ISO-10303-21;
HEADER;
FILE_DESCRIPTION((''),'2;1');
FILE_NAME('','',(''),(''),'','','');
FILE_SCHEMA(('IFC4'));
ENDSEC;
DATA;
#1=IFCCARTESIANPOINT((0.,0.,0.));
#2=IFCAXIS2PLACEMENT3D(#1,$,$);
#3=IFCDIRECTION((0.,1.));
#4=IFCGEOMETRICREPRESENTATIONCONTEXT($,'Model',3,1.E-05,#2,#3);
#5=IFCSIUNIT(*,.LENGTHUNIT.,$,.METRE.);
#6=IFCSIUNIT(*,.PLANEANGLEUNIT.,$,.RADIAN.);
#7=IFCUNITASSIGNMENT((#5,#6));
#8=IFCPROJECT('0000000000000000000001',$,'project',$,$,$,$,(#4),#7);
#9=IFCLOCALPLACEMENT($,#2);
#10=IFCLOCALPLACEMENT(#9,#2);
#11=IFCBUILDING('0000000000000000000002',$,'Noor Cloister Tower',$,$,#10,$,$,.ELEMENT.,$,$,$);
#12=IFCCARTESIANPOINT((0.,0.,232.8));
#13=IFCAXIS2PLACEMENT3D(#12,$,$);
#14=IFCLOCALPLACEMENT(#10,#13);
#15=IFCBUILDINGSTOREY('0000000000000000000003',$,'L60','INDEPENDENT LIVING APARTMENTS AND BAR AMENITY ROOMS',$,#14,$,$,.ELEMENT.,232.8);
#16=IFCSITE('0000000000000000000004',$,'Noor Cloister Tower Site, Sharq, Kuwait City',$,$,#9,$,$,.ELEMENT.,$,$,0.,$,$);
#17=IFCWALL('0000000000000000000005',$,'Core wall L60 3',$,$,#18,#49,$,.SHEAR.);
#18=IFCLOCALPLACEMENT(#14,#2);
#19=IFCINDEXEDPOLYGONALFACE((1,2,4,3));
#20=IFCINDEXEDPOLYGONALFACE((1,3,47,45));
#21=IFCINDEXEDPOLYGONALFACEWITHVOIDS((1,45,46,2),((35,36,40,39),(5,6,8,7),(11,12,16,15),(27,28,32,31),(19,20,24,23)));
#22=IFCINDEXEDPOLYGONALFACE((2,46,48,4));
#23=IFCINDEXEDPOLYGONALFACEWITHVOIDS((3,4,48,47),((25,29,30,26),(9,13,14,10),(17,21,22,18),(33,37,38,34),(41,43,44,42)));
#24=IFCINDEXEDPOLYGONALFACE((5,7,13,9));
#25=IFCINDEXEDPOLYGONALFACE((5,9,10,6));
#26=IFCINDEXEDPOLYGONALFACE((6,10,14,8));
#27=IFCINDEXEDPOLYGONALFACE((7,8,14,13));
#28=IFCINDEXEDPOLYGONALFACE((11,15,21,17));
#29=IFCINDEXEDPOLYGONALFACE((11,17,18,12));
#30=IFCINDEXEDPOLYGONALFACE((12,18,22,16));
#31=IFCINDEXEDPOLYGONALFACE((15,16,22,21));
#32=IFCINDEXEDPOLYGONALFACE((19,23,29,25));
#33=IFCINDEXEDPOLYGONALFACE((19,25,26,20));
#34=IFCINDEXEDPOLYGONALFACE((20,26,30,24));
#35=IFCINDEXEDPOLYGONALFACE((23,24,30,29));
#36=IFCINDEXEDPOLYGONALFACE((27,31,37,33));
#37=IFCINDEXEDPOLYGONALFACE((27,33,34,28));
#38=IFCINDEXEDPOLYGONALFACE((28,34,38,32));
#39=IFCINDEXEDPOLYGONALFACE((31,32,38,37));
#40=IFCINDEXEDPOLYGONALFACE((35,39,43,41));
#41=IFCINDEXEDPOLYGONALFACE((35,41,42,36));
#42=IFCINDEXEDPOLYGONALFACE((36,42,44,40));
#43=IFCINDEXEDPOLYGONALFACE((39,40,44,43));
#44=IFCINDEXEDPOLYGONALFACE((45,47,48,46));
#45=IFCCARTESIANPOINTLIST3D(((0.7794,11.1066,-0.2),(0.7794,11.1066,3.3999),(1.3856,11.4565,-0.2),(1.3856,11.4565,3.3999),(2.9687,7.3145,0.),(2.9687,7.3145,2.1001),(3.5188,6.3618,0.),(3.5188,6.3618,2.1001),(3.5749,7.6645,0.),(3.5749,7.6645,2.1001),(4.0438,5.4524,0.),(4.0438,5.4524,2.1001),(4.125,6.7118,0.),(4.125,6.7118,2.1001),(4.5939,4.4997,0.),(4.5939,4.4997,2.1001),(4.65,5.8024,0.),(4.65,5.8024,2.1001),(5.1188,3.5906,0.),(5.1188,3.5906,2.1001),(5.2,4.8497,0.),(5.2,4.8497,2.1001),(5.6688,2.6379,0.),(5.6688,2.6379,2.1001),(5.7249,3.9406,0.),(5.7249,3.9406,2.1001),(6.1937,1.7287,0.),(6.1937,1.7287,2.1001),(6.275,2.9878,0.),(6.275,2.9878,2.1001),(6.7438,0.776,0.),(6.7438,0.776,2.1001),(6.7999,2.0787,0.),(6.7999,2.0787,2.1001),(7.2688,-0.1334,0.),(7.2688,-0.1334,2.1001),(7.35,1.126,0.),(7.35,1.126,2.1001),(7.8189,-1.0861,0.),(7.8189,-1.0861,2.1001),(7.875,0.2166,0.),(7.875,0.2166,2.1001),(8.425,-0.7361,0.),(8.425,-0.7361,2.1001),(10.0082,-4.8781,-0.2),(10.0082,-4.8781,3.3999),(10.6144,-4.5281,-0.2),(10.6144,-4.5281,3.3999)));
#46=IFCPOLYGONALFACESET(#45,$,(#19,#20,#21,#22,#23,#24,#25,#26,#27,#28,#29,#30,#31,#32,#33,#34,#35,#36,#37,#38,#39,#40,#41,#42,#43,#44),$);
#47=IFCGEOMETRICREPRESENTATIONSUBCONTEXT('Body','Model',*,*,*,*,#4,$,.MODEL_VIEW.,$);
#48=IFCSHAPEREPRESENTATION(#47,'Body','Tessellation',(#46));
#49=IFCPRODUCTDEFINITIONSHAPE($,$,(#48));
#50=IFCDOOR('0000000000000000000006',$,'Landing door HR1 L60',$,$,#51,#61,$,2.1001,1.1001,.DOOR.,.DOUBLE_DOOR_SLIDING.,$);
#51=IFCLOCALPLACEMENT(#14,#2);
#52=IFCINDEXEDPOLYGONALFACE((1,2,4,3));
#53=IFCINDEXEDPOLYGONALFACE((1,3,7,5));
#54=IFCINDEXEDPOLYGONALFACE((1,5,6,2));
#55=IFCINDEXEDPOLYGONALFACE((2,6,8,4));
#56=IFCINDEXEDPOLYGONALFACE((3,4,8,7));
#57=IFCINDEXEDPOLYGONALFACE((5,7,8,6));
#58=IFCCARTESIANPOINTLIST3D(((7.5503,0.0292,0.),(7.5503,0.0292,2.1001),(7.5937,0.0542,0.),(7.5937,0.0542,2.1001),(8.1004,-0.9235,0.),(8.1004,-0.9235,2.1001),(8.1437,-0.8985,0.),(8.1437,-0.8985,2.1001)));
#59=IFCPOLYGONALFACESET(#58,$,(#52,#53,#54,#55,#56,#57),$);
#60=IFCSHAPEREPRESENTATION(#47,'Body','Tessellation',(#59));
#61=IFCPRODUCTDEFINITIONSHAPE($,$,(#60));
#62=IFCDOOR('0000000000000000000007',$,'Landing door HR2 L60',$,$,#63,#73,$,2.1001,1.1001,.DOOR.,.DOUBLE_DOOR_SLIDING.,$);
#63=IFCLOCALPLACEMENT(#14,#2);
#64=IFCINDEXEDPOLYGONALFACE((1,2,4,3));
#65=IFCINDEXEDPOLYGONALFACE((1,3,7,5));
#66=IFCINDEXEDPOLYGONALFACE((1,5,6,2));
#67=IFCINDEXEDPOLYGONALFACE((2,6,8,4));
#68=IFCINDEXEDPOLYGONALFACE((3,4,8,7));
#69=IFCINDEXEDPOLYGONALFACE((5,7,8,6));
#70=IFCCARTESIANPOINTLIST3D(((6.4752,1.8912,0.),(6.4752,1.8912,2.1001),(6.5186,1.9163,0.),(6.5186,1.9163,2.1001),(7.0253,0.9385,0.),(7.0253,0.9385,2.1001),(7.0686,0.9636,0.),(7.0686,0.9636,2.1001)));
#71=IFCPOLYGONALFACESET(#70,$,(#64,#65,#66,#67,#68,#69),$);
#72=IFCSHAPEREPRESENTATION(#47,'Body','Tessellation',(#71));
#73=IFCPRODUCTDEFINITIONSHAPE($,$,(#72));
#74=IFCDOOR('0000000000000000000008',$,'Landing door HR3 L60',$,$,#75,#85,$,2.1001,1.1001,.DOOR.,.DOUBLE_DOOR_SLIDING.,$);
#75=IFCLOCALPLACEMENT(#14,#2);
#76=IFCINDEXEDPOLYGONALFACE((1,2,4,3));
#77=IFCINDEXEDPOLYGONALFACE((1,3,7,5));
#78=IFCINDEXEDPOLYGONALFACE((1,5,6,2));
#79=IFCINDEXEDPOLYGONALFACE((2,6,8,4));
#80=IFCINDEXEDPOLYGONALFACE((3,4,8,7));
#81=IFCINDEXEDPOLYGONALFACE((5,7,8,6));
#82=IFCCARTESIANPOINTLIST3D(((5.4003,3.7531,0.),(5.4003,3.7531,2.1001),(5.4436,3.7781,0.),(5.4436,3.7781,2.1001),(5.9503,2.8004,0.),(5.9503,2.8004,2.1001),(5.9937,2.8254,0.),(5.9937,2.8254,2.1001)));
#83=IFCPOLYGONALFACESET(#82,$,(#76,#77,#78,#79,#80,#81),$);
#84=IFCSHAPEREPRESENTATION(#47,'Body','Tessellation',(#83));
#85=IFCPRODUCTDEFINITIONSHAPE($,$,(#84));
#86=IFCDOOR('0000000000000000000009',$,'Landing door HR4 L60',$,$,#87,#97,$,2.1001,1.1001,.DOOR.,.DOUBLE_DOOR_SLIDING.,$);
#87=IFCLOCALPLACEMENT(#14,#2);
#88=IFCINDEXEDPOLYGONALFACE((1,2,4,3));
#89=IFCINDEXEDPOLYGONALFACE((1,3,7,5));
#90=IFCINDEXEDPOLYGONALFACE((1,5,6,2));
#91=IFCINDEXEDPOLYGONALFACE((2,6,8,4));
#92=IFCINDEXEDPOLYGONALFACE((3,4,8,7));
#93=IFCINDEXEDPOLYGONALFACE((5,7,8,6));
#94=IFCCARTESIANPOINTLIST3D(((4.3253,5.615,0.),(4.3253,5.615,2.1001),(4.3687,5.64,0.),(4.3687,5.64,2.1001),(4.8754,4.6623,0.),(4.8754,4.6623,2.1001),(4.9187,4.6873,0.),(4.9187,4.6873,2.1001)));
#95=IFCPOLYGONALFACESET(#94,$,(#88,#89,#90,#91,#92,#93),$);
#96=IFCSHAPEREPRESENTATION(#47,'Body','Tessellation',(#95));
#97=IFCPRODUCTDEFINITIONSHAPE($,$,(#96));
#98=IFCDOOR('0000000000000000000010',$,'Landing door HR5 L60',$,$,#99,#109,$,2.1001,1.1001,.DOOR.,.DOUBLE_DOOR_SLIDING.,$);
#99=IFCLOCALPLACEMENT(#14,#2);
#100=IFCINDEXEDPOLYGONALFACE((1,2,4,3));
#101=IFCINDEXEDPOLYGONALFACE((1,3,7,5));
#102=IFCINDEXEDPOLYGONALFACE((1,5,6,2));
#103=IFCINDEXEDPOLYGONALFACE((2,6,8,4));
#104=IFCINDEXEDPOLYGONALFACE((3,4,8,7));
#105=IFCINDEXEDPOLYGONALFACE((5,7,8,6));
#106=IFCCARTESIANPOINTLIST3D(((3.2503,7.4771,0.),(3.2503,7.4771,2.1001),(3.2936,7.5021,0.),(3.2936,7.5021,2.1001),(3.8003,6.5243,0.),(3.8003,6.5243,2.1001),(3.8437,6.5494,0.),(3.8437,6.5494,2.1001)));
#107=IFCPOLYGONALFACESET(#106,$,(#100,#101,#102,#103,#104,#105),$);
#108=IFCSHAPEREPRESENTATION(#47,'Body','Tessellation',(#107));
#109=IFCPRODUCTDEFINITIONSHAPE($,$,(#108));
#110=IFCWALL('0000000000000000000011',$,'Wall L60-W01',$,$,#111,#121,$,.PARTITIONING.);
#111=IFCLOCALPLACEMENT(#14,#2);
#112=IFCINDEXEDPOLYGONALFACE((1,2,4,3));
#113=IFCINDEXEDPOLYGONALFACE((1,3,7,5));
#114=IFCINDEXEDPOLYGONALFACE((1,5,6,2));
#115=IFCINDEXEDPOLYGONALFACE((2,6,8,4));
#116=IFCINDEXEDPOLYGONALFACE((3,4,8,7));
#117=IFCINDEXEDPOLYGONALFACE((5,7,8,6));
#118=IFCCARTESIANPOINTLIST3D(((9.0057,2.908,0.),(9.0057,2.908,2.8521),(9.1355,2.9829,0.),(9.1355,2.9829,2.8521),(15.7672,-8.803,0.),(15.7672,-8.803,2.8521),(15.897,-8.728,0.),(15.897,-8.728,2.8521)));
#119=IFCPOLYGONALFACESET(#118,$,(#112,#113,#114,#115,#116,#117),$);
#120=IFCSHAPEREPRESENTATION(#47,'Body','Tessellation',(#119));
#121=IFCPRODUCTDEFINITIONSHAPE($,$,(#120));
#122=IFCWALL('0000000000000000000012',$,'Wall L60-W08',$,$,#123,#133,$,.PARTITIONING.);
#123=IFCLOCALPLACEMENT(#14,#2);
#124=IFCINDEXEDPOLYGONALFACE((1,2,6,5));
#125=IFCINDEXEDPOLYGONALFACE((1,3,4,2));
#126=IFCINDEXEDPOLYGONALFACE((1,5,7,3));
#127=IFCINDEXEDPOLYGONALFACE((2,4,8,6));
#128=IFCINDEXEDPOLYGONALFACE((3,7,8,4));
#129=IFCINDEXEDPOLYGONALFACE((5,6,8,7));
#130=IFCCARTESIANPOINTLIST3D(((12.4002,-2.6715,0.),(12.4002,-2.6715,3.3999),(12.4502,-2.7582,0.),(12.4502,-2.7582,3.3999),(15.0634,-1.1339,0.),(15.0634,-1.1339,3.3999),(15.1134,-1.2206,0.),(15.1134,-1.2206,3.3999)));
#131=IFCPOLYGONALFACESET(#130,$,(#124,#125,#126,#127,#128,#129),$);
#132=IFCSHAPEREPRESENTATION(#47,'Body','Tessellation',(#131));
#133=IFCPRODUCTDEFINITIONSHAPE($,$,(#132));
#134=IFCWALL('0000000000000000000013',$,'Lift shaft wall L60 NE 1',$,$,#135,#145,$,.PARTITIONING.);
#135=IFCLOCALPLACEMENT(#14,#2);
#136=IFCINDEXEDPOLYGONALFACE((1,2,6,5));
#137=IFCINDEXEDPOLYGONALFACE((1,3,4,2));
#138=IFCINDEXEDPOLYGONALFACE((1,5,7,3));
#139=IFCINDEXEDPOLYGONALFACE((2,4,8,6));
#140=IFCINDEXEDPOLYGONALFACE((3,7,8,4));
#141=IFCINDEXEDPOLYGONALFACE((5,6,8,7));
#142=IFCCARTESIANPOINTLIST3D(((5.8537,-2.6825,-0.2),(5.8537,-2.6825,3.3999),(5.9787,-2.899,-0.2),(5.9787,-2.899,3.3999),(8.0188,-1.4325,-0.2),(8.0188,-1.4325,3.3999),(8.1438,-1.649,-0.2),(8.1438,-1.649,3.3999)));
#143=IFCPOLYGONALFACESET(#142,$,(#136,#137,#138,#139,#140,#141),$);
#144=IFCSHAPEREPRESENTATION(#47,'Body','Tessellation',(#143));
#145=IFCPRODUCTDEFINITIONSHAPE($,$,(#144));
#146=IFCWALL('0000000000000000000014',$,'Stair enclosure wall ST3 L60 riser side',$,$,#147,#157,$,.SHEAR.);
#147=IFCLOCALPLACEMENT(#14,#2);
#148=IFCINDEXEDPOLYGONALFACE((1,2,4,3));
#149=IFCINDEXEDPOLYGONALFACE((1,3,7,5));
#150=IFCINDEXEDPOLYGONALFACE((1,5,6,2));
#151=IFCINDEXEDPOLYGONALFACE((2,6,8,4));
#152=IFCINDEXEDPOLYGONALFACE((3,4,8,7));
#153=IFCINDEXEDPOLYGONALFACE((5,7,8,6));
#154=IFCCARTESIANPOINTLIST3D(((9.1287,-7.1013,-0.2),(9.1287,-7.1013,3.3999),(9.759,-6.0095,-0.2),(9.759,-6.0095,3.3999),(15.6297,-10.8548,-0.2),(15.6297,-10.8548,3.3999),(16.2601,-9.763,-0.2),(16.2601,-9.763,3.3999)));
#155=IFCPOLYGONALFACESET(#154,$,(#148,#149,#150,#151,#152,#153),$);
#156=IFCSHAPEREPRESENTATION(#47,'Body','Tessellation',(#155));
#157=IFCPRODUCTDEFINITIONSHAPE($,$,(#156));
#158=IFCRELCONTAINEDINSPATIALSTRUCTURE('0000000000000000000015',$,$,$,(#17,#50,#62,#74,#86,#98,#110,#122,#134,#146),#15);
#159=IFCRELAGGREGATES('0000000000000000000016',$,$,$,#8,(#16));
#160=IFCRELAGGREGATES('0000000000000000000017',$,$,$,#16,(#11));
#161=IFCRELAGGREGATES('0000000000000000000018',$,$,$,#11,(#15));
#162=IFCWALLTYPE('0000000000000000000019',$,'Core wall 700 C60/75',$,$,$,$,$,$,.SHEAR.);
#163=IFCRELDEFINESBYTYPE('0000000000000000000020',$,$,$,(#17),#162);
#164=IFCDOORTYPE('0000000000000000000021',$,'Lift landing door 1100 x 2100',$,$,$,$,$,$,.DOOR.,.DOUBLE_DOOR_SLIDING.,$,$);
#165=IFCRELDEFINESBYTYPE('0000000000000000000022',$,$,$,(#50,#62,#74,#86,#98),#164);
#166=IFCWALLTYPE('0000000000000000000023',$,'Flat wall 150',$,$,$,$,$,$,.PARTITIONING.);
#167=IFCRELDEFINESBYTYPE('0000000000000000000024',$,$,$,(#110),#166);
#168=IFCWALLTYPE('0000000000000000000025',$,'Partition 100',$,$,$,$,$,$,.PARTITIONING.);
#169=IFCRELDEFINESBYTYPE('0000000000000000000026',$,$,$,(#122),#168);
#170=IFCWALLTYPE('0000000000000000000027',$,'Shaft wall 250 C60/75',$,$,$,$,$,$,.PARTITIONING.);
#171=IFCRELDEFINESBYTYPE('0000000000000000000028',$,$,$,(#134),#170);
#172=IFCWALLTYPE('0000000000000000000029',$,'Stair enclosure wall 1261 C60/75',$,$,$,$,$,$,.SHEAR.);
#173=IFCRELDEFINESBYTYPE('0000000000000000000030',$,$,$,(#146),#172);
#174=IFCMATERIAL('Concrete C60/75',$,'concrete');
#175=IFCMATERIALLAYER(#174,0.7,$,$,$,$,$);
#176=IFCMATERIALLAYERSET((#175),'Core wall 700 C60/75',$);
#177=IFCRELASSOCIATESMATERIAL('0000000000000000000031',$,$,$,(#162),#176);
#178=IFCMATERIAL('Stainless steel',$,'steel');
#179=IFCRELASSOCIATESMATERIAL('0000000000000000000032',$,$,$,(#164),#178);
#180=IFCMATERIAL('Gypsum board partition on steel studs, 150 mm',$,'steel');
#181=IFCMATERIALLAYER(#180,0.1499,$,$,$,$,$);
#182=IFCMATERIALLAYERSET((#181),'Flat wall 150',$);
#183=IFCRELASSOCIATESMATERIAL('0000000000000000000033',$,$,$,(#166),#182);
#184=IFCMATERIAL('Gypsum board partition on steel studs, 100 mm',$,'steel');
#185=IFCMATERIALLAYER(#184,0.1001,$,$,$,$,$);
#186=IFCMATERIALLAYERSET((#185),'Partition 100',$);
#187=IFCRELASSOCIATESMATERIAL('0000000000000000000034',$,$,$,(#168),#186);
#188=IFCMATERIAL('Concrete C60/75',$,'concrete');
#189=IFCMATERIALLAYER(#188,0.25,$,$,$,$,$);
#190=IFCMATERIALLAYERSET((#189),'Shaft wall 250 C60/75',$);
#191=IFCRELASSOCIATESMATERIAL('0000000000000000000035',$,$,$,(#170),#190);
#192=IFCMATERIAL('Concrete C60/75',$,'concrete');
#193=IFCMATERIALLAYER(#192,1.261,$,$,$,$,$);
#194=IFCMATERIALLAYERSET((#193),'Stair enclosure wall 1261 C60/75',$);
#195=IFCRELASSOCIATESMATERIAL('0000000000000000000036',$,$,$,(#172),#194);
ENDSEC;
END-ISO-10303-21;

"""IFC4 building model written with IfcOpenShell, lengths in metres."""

from ifc_helpers import new_model, si_unit, direction, frame, frame_2d, origin, place, context, subcontext, project, spatial, rectangle, extrude, material, layer, layer_set, type_object, element, fill, save


model = new_model("IFC4")

# Units and contexts
model_context = context("Model", 3, precision=1e-05, world=origin(), true_north=direction((0.0, 1.0)))
body_context = subcontext(model_context, "Body", "Model", "MODEL_VIEW")
ifc_project = project(units=[si_unit("LENGTHUNIT", "METRE"), si_unit("PLANEANGLEUNIT", "RADIAN")], contexts=[model_context])

# Site, building, storey
site_placement = place(None, origin())
site = spatial("IfcSite", under=ifc_project, at=site_placement, Name="Noor Cloister Tower Site, Sharq, Kuwait City", CompositionType="ELEMENT", RefElevation=0.0)
building_placement = place(site_placement, origin())
building = spatial("IfcBuilding", under=site, at=building_placement, Name="Noor Cloister Tower", CompositionType="ELEMENT")
storey_placement = place(building_placement, frame((0.0, 0.0, 232.8)))
storey = spatial("IfcBuildingStorey", under=building, at=storey_placement, Name="L60", Description="INDEPENDENT LIVING APARTMENTS AND BAR AMENITY ROOMS", CompositionType="ELEMENT", Elevation=232.8)

# Shared definitions
ifc_material_1 = material(Name="Concrete C60/75", Category="concrete")
ifc_layer_1 = layer(ifc_material_1, 0.7)
ifc_layer_set_1 = layer_set([ifc_layer_1], Name="Core wall 700 C60/75")
wall_type_1 = type_object("IfcWallType", Name="Core wall 700 C60/75", PredefinedType="SHEAR", material=ifc_layer_set_1)

# Wall, openings, doors
wall_1_placement = place(storey_placement, frame((10.3113, -4.7031, -0.2), z_axis=(0.0, 0.0, 1.0), x_axis=(-0.500001, 0.866025, 0.0)))
wall_1 = element("IfcWall", 1, at=wall_1_placement, inside=storey, type_object=wall_type_1, Name="Core wall L60 3", PredefinedType="SHEAR", context=body_context, shape_type="SweptSolid", body=[
    extrude(rectangle(XDim=18.4575, YDim=0.7, at=frame_2d((9.2288, 0.0))), origin(), (0.0, 0.0, 1.0), 3.5999),
])
opening_1_placement = place(wall_1_placement, frame((4.3787, 0.0, 0.2)))
opening_1 = element("IfcOpeningElement", 2, at=opening_1_placement, cuts=wall_1, PredefinedType="OPENING", context=body_context, shape_type="SweptSolid", body=[
    extrude(rectangle(XDim=1.1001, YDim=2.1001, at=frame_2d((0.55, 1.05))), frame((0.0, 0.3599, 0.0), z_axis=(0.0, -1.0, 0.0), x_axis=(1.0, 0.0, 0.0)), (0.0, 0.0, 1.0), 0.72),
])
opening_2_placement = place(wall_1_placement, frame((6.5288, 0.0, 0.2)))
opening_2 = element("IfcOpeningElement", 3, at=opening_2_placement, cuts=wall_1, PredefinedType="OPENING", context=body_context, shape_type="SweptSolid", body=[
    extrude(rectangle(XDim=1.1001, YDim=2.1001, at=frame_2d((0.55, 1.05))), frame((0.0, 0.3599, 0.0), z_axis=(0.0, -1.0, 0.0), x_axis=(1.0, 0.0, 0.0)), (0.0, 0.0, 1.0), 0.72),
])
opening_3_placement = place(wall_1_placement, frame((8.6787, 0.0, 0.2)))
opening_3 = element("IfcOpeningElement", 4, at=opening_3_placement, cuts=wall_1, PredefinedType="OPENING", context=body_context, shape_type="SweptSolid", body=[
    extrude(rectangle(XDim=1.1001, YDim=2.1001, at=frame_2d((0.55, 1.05))), frame((0.0, 0.3599, 0.0), z_axis=(0.0, -1.0, 0.0), x_axis=(1.0, 0.0, 0.0)), (0.0, 0.0, 1.0), 0.72),
])
opening_4_placement = place(wall_1_placement, frame((10.8286, 0.0, 0.2)))
opening_4 = element("IfcOpeningElement", 5, at=opening_4_placement, cuts=wall_1, PredefinedType="OPENING", context=body_context, shape_type="SweptSolid", body=[
    extrude(rectangle(XDim=1.1001, YDim=2.1001, at=frame_2d((0.55, 1.05))), frame((0.0, 0.3599, 0.0), z_axis=(0.0, -1.0, 0.0), x_axis=(1.0, 0.0, 0.0)), (0.0, 0.0, 1.0), 0.72),
])
opening_5_placement = place(wall_1_placement, frame((12.9788, 0.0, 0.2)))
opening_5 = element("IfcOpeningElement", 6, at=opening_5_placement, cuts=wall_1, PredefinedType="OPENING", context=body_context, shape_type="SweptSolid", body=[
    extrude(rectangle(XDim=1.1001, YDim=2.1001, at=frame_2d((0.55, 1.05))), frame((0.0, 0.3599, 0.0), z_axis=(0.0, -1.0, 0.0), x_axis=(1.0, 0.0, 0.0)), (0.0, 0.0, 1.0), 0.72),
])
ifc_material_2 = material(Name="Stainless steel", Category="steel")
door_type_1 = type_object("IfcDoorType", Name="Lift landing door 1100 x 2100", OperationType="DOUBLE_DOOR_SLIDING", PredefinedType="DOOR", material=ifc_material_2)
door_1_placement = place(opening_1_placement, origin())
door_1 = element("IfcDoor", 7, at=door_1_placement, inside=storey, type_object=door_type_1, Name="Landing door HR1 L60", OperationType="DOUBLE_DOOR_SLIDING", OverallHeight=2.1001, OverallWidth=1.1001, PredefinedType="DOOR", context=body_context, shape_type="SweptSolid", body=[
    extrude(rectangle(XDim=1.1001, YDim=2.1001, at=frame_2d((0.55, 1.05))), frame((0.0, 0.0249, 0.0), z_axis=(0.0, -1.0, 0.0), x_axis=(1.0, 0.0, 0.0)), (0.0, 0.0, 1.0), 0.05),
])
fill(opening_1, door_1)
door_2_placement = place(opening_2_placement, origin())
door_2 = element("IfcDoor", 8, at=door_2_placement, inside=storey, type_object=door_type_1, Name="Landing door HR2 L60", OperationType="DOUBLE_DOOR_SLIDING", OverallHeight=2.1001, OverallWidth=1.1001, PredefinedType="DOOR", context=body_context, shape_type="SweptSolid", body=[
    extrude(rectangle(XDim=1.1001, YDim=2.1001, at=frame_2d((0.55, 1.05))), frame((0.0, 0.0249, 0.0), z_axis=(0.0, -1.0, 0.0), x_axis=(1.0, 0.0, 0.0)), (0.0, 0.0, 1.0), 0.05),
])
fill(opening_2, door_2)
door_3_placement = place(opening_3_placement, origin())
door_3 = element("IfcDoor", 9, at=door_3_placement, inside=storey, type_object=door_type_1, Name="Landing door HR3 L60", OperationType="DOUBLE_DOOR_SLIDING", OverallHeight=2.1001, OverallWidth=1.1001, PredefinedType="DOOR", context=body_context, shape_type="SweptSolid", body=[
    extrude(rectangle(XDim=1.1001, YDim=2.1001, at=frame_2d((0.55, 1.05))), frame((0.0, 0.0249, 0.0), z_axis=(0.0, -1.0, 0.0), x_axis=(1.0, 0.0, 0.0)), (0.0, 0.0, 1.0), 0.05),
])
fill(opening_3, door_3)
door_4_placement = place(opening_4_placement, origin())
door_4 = element("IfcDoor", 10, at=door_4_placement, inside=storey, type_object=door_type_1, Name="Landing door HR4 L60", OperationType="DOUBLE_DOOR_SLIDING", OverallHeight=2.1001, OverallWidth=1.1001, PredefinedType="DOOR", context=body_context, shape_type="SweptSolid", body=[
    extrude(rectangle(XDim=1.1001, YDim=2.1001, at=frame_2d((0.55, 1.05))), frame((0.0, 0.0249, 0.0), z_axis=(0.0, -1.0, 0.0), x_axis=(1.0, 0.0, 0.0)), (0.0, 0.0, 1.0), 0.05),
])
fill(opening_4, door_4)
door_5_placement = place(opening_5_placement, origin())
door_5 = element("IfcDoor", 11, at=door_5_placement, inside=storey, type_object=door_type_1, Name="Landing door HR5 L60", OperationType="DOUBLE_DOOR_SLIDING", OverallHeight=2.1001, OverallWidth=1.1001, PredefinedType="DOOR", context=body_context, shape_type="SweptSolid", body=[
    extrude(rectangle(XDim=1.1001, YDim=2.1001, at=frame_2d((0.55, 1.05))), frame((0.0, 0.0249, 0.0), z_axis=(0.0, -1.0, 0.0), x_axis=(1.0, 0.0, 0.0)), (0.0, 0.0, 1.0), 0.05),
])
fill(opening_5, door_5)

# Walls
ifc_material_3 = material(Name="Gypsum board partition on steel studs, 150 mm", Category="steel")
ifc_layer_2 = layer(ifc_material_3, 0.1499)
ifc_layer_set_2 = layer_set([ifc_layer_2], Name="Flat wall 150")
wall_type_2 = type_object("IfcWallType", Name="Flat wall 150", PredefinedType="PARTITIONING", material=ifc_layer_set_2)
wall_2_placement = place(storey_placement, frame((15.832, -8.7654, 0.0), z_axis=(0.0, 0.0, 1.0), x_axis=(-0.500009, 0.86602, 0.0)))
element("IfcWall", 12, at=wall_2_placement, inside=storey, type_object=wall_type_2, Name="Wall L60-W01", PredefinedType="PARTITIONING", context=body_context, shape_type="SweptSolid", body=[
    extrude(rectangle(XDim=13.5227, YDim=0.1499, at=frame_2d((6.7612, 0.0))), origin(), (0.0, 0.0, 1.0), 2.8521),
])
ifc_material_4 = material(Name="Gypsum board partition on steel studs, 100 mm", Category="steel")
ifc_layer_3 = layer(ifc_material_4, 0.1001)
ifc_layer_set_3 = layer_set([ifc_layer_3], Name="Partition 100")
wall_type_3 = type_object("IfcWallType", Name="Partition 100", PredefinedType="PARTITIONING", material=ifc_layer_set_3)
wall_3_placement = place(storey_placement, frame((15.0884, -1.1772, 0.0), z_axis=(0.0, 0.0, 1.0), x_axis=(-0.866016, -0.500016, 0.0)))
element("IfcWall", 13, at=wall_3_placement, inside=storey, type_object=wall_type_3, Name="Wall L60-W08", PredefinedType="PARTITIONING", context=body_context, shape_type="SweptSolid", body=[
    extrude(rectangle(XDim=3.0752, YDim=0.1001, at=frame_2d((1.5376, 0.0))), origin(), (0.0, 0.0, 1.0), 3.3999),
])
ifc_material_5 = material(Name="Concrete C60/75", Category="concrete")
ifc_layer_4 = layer(ifc_material_5, 0.25)
ifc_layer_set_4 = layer_set([ifc_layer_4], Name="Shaft wall 250 C60/75")
wall_type_4 = type_object("IfcWallType", Name="Shaft wall 250 C60/75", PredefinedType="PARTITIONING", material=ifc_layer_set_4)
wall_4_placement = place(storey_placement, frame((8.0813, -1.5408, -0.2), z_axis=(0.0, 0.0, 1.0), x_axis=(-0.866023, -0.500004, 0.0)))
element("IfcWall", 14, at=wall_4_placement, inside=storey, type_object=wall_type_4, Name="Lift shaft wall L60 NE 1", PredefinedType="PARTITIONING", context=body_context, shape_type="SweptSolid", body=[
    extrude(rectangle(XDim=2.5, YDim=0.25, at=frame_2d((1.25, 0.0))), origin(), (0.0, 0.0, 1.0), 3.5999),
])
ifc_material_6 = material(Name="Concrete C60/75", Category="concrete")
ifc_layer_5 = layer(ifc_material_6, 1.261)
ifc_layer_set_5 = layer_set([ifc_layer_5], Name="Stair enclosure wall 1261 C60/75")
wall_type_5 = type_object("IfcWallType", Name="Stair enclosure wall 1261 C60/75", PredefinedType="SHEAR", material=ifc_layer_set_5)
wall_5_placement = place(storey_placement, frame((9.4438, -6.5554, -0.2), z_axis=(0.0, 0.0, 1.0), x_axis=(0.866021, -0.500008, 0.0)))
element("IfcWall", 15, at=wall_5_placement, inside=storey, type_object=wall_type_5, Name="Stair enclosure wall ST3 L60 riser side", PredefinedType="SHEAR", context=body_context, shape_type="SweptSolid", body=[
    extrude(rectangle(XDim=7.5068, YDim=1.2607, at=frame_2d((3.7534, 0.0))), origin(), (0.0, 0.0, 1.0), 3.5999),
])

save(model, "model.ifc")
